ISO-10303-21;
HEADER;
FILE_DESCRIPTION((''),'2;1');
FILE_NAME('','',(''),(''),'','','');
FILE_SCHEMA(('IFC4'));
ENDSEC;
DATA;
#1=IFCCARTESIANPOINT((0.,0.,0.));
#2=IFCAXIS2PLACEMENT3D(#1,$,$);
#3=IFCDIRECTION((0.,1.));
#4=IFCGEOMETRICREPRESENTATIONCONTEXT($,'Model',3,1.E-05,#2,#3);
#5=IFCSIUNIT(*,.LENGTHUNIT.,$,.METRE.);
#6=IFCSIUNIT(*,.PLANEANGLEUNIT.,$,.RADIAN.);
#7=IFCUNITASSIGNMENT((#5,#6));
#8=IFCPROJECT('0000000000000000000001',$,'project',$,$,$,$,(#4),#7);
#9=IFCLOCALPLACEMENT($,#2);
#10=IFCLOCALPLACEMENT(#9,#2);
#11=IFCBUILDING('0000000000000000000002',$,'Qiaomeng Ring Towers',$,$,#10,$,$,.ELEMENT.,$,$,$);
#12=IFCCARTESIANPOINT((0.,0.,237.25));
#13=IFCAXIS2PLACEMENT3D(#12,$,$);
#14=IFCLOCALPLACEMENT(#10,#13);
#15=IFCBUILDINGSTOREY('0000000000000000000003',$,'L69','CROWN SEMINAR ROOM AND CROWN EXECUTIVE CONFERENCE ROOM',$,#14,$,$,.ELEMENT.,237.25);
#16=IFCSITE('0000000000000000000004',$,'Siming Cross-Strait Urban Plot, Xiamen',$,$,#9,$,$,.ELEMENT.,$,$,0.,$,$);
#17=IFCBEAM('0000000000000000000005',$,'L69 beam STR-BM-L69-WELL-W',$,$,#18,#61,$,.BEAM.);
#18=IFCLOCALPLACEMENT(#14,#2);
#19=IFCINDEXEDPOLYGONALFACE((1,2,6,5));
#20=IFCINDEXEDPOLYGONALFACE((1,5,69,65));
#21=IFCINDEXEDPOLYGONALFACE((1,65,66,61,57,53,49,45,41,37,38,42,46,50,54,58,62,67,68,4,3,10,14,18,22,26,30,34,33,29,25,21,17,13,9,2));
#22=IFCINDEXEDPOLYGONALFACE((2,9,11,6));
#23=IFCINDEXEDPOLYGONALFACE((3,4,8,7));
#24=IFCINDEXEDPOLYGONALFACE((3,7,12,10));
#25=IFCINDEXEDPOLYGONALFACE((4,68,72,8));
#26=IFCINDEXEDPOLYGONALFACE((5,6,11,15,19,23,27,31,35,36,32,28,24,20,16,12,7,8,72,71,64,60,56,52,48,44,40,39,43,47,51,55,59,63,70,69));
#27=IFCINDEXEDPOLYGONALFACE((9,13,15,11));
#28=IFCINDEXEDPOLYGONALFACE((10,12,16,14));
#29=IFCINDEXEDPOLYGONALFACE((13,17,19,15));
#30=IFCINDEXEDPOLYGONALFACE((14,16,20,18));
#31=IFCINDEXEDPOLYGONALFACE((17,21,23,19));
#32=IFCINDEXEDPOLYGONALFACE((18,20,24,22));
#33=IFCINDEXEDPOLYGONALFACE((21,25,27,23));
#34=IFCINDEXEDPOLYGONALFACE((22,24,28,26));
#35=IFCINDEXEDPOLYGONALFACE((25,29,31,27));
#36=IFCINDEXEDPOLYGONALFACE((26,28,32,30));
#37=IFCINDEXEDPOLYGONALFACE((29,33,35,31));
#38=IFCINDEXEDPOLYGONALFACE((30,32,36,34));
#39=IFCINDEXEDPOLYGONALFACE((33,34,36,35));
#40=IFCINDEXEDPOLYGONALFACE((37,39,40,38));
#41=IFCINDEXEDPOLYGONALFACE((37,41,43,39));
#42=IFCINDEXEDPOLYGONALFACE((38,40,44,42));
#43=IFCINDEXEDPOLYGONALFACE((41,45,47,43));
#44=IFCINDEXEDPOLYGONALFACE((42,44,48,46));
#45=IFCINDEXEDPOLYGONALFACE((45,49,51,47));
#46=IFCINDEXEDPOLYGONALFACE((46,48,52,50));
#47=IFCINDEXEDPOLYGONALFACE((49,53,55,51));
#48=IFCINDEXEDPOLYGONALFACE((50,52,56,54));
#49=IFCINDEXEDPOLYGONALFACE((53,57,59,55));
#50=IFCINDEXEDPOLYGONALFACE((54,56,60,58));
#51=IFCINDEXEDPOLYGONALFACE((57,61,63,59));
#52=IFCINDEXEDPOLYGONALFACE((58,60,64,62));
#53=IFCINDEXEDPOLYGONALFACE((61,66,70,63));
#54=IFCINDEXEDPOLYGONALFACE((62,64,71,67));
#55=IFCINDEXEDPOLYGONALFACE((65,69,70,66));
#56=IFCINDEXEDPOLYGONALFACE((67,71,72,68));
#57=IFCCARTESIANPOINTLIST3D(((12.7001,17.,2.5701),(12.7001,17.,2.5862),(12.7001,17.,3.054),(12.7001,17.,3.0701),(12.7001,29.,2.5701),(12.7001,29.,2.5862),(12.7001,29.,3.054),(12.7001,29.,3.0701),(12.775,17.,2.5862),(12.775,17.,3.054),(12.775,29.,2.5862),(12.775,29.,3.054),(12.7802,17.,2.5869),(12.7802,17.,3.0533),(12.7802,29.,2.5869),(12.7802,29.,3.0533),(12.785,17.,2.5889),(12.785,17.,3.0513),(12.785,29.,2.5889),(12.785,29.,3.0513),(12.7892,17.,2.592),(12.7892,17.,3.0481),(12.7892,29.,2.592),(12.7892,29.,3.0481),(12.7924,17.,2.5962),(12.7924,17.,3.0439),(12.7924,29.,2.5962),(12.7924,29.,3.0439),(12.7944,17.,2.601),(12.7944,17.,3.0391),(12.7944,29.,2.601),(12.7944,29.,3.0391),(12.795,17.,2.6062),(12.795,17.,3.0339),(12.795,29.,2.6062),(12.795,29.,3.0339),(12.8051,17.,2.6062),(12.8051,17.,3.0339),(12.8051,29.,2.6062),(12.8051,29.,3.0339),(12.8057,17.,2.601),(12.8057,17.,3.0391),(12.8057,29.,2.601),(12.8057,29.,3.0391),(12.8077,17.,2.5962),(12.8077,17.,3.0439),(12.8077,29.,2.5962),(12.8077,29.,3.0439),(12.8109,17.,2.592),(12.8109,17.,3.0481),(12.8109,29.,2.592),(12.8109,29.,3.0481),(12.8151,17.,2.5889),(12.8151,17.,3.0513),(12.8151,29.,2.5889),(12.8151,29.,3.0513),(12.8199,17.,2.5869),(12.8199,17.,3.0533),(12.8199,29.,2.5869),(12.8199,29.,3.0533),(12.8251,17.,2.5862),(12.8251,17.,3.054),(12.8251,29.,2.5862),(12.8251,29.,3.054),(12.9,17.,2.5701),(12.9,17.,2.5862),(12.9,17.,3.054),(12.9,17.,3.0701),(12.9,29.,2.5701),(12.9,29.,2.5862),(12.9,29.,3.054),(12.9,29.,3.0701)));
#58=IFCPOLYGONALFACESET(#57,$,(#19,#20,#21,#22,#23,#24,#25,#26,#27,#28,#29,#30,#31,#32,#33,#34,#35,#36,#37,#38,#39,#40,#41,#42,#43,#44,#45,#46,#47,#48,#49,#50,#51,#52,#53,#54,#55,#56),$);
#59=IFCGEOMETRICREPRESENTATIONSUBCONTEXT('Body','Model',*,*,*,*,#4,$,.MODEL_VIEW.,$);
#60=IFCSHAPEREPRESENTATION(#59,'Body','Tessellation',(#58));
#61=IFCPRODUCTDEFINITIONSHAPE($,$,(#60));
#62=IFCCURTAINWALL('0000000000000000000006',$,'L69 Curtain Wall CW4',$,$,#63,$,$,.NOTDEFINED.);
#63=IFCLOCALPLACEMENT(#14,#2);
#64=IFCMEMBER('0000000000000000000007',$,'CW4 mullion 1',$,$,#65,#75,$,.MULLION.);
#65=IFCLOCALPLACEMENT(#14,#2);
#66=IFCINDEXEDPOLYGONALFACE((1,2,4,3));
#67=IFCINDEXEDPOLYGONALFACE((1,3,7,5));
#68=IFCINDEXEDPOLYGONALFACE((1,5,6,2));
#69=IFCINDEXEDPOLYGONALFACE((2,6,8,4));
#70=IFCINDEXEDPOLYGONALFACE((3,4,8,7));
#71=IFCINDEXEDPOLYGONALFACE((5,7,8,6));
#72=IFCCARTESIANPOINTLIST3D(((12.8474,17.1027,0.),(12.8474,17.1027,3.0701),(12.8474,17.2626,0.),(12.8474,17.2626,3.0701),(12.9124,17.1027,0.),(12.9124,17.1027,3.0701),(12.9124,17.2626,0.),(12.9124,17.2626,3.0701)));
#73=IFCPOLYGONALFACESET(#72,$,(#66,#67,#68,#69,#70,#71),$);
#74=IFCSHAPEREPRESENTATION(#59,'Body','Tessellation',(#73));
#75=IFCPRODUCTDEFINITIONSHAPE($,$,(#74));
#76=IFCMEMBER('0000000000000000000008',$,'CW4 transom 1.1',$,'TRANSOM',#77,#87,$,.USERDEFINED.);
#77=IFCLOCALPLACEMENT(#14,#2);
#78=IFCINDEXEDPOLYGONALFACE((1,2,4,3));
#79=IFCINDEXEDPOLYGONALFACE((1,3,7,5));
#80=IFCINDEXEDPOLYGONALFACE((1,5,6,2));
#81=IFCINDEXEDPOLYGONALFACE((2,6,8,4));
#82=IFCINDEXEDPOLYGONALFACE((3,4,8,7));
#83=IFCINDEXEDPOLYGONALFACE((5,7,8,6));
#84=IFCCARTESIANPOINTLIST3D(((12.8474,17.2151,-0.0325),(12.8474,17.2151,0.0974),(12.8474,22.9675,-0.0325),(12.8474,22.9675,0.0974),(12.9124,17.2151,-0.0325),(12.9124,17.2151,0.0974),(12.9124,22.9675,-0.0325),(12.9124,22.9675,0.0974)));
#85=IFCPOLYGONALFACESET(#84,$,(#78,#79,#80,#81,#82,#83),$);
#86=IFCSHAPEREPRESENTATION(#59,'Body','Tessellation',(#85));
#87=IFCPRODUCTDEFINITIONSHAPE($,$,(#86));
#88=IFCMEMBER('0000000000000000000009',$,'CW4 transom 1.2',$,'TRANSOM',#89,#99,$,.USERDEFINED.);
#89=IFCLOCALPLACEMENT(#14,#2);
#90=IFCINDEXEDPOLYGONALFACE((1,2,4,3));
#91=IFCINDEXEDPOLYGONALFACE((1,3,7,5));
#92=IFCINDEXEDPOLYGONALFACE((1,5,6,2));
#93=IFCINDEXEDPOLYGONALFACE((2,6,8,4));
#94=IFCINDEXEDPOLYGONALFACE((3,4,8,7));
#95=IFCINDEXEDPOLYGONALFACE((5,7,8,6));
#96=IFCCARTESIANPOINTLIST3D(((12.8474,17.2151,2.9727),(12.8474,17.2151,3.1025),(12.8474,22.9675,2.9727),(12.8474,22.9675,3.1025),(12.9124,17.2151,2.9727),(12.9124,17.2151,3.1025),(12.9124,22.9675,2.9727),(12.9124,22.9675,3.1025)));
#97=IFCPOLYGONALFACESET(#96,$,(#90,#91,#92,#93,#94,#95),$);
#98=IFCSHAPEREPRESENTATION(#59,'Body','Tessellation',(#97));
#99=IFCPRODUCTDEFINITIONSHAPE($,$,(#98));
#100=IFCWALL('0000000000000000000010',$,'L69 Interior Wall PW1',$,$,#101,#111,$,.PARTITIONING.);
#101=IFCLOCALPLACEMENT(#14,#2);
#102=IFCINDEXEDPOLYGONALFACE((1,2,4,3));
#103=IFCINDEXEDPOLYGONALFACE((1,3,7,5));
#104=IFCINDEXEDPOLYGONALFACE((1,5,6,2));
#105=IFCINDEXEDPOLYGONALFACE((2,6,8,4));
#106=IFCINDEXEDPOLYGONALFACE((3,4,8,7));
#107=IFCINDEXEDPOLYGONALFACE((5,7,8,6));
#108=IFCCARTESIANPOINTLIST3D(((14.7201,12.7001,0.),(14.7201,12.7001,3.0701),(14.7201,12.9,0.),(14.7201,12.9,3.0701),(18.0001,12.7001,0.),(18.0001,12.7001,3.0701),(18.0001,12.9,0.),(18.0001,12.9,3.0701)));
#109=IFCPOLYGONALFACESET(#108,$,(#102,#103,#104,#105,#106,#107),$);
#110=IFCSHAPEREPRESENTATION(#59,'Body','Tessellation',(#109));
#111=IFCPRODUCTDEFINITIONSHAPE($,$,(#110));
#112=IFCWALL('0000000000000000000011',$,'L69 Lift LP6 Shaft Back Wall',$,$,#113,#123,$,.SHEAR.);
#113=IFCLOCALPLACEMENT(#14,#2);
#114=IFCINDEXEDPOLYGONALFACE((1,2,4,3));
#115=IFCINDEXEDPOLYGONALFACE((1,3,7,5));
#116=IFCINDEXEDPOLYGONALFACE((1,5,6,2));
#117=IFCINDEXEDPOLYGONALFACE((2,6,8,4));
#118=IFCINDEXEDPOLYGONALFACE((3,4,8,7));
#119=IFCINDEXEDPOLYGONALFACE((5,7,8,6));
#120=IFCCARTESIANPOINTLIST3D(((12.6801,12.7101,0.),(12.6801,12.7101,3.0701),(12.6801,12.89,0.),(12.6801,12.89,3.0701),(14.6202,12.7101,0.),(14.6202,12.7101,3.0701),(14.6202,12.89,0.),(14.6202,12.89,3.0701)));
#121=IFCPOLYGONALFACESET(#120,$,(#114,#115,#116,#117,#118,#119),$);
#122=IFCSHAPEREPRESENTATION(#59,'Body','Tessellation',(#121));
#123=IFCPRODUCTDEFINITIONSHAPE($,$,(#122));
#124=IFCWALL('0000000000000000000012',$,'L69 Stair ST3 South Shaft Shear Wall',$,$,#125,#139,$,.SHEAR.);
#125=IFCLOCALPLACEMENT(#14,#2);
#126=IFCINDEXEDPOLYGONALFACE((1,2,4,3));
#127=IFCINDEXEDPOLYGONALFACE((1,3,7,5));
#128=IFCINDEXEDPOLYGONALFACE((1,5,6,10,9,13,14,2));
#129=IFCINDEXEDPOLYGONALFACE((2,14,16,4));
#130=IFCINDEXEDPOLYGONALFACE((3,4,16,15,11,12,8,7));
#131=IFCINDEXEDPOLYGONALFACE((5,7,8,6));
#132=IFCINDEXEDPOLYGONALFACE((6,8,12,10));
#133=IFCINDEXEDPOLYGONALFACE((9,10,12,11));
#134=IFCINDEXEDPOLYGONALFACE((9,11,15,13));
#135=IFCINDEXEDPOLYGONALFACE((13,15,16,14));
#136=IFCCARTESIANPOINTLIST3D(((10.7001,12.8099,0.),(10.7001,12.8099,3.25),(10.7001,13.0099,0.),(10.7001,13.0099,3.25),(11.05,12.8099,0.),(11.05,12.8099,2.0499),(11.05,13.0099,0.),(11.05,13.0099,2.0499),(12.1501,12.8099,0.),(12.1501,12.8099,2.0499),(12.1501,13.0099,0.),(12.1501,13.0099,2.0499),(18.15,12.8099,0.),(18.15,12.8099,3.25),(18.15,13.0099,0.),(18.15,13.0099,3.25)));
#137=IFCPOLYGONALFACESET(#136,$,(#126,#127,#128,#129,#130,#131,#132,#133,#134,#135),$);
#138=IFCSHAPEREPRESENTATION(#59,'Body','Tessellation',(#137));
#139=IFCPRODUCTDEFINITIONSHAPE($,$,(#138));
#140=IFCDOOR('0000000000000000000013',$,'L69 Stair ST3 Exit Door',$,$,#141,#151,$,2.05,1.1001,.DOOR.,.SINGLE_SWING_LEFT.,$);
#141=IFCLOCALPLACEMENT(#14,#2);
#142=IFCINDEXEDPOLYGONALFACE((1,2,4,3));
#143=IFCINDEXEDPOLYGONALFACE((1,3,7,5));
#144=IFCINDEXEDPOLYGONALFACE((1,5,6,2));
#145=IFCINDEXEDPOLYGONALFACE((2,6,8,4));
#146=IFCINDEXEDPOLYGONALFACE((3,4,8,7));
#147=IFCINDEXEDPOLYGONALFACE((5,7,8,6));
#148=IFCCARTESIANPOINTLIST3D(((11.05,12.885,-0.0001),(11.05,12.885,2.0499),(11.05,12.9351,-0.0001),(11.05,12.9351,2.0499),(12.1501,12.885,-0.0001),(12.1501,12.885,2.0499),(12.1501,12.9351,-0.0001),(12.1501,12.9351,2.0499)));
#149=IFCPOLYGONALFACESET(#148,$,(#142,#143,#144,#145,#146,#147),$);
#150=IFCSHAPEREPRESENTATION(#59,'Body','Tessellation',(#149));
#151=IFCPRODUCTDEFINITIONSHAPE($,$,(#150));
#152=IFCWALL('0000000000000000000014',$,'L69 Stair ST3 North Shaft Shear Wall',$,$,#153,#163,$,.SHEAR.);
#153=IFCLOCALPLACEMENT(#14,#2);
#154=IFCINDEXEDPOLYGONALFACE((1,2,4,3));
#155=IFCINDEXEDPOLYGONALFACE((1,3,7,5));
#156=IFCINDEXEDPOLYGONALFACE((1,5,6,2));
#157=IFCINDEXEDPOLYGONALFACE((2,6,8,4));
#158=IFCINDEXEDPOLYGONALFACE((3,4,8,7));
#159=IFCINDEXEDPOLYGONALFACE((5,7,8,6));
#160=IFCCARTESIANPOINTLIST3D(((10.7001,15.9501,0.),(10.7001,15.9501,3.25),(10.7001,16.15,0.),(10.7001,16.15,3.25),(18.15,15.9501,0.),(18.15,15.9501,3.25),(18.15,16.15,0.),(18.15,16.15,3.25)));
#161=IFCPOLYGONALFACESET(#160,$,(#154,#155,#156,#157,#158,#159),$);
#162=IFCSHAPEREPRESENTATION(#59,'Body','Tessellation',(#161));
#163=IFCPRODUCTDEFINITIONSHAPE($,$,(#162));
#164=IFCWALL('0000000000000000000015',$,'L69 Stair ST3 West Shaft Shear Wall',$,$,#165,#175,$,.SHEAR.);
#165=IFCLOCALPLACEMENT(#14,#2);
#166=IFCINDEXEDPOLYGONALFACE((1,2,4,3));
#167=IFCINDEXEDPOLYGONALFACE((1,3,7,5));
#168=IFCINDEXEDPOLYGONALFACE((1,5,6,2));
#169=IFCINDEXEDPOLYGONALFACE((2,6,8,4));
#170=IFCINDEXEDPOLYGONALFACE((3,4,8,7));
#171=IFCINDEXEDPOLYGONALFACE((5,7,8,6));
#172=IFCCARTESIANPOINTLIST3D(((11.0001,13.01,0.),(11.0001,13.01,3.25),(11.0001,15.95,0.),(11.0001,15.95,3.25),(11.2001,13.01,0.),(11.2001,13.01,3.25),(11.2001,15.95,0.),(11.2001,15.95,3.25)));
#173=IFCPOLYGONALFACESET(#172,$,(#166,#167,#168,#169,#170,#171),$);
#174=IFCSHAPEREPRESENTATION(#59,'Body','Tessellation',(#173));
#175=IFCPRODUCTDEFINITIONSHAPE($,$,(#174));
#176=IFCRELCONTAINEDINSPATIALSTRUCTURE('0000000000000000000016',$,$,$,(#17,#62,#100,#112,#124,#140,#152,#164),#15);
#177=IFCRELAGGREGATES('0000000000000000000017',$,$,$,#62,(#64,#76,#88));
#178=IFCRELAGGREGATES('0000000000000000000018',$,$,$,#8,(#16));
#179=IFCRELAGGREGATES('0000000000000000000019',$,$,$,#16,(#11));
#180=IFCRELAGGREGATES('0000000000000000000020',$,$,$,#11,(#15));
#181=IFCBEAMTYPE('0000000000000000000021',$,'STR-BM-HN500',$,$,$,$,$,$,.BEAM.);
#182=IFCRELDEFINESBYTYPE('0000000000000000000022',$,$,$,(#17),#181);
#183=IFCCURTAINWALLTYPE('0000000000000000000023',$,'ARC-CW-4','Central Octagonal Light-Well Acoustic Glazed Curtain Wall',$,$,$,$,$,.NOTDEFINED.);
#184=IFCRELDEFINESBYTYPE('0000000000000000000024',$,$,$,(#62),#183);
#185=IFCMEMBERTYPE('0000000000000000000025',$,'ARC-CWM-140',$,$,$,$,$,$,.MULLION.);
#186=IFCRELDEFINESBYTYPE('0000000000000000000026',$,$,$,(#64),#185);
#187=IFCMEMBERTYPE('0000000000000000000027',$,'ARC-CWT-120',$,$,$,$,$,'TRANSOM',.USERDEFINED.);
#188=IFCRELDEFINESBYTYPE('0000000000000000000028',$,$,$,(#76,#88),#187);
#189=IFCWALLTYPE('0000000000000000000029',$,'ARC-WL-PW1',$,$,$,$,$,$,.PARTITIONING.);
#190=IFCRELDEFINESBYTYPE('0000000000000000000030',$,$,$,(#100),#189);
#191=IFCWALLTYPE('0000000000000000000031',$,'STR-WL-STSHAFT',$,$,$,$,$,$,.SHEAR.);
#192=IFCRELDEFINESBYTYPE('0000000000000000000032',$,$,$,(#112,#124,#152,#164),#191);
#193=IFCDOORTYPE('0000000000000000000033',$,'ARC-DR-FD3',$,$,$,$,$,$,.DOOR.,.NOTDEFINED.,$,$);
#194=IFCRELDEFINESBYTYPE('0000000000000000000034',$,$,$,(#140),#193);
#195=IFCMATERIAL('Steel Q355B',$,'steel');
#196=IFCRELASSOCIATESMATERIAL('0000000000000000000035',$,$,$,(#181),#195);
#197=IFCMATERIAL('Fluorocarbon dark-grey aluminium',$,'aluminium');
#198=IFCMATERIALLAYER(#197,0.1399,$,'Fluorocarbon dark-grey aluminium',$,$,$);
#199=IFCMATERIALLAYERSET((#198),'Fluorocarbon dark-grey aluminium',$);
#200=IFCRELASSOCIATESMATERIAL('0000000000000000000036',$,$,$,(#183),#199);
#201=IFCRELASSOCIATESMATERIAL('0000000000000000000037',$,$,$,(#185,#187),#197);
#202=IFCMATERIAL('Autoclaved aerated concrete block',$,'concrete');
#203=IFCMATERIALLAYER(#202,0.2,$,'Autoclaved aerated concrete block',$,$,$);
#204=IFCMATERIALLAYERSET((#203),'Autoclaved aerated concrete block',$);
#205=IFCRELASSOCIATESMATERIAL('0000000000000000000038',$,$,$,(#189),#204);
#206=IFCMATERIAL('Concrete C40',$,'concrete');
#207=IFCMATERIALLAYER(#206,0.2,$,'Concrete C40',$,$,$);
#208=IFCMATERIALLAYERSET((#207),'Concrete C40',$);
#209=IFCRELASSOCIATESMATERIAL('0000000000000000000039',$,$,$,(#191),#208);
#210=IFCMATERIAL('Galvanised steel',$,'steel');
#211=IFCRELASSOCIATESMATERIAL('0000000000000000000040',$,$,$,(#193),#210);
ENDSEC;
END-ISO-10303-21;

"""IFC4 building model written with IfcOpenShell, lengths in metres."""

from ifc_helpers import new_model, si_unit, direction, frame, frame_2d, origin, origin_2d, place, context, subcontext, project, spatial, rectangle, i_section, extrude, source, transform, mapped, material, layer, layer_set, material_profile, profile_set, type_object, element, fill, aggregate, save


model = new_model("IFC4")

# Units and contexts
model_context = context("Model", 3, precision=1e-05, world=origin(), true_north=direction((0.0, 1.0)))
body_context = subcontext(model_context, "Body", "Model", "MODEL_VIEW")
ifc_project = project(units=[si_unit("LENGTHUNIT", "METRE"), si_unit("PLANEANGLEUNIT", "RADIAN")], contexts=[model_context])

# Site, building, storey
site_placement = place(None, origin())
site = spatial("IfcSite", under=ifc_project, at=site_placement, Name="Siming Cross-Strait Urban Plot, Xiamen", CompositionType="ELEMENT", RefElevation=0.0)
building_placement = place(site_placement, origin())
building = spatial("IfcBuilding", under=site, at=building_placement, Name="Qiaomeng Ring Towers", CompositionType="ELEMENT")
storey_placement = place(building_placement, frame((0.0, 0.0, 237.25)))
storey = spatial("IfcBuildingStorey", under=building, at=storey_placement, Name="L69", Description="CROWN SEMINAR ROOM AND CROWN EXECUTIVE CONFERENCE ROOM", CompositionType="ELEMENT", Elevation=237.25)

# Beam
ifc_material_1 = material(Name="Steel Q355B", Category="steel")
ifc_material_profile_1 = material_profile(ifc_material_1, i_section(OverallWidth=0.2, OverallDepth=0.5, WebThickness=0.01, FlangeThickness=0.0161, FilletRadius=0.02, at=origin_2d()), Name="HN 500x200x10x16")
ifc_profile_set_1 = profile_set([ifc_material_profile_1], Name="Steel Q355B")
beam_type = type_object("IfcBeamType", Name="STR-BM-HN500", PredefinedType="BEAM", material=ifc_profile_set_1)
shared_shape_1 = source(origin(), body_context, "Body", "SweptSolid", [
    extrude(i_section(OverallWidth=0.2, OverallDepth=0.5, WebThickness=0.01, FlangeThickness=0.0161, FilletRadius=0.02, at=origin_2d()), origin(), (0.0, 0.0, 1.0), 12.0),
])
beam_placement = place(storey_placement, frame((12.8, 17.0, 2.8201), z_axis=(0.0, 1.0, 0.0), x_axis=(-1.0, 0.0, 0.0)))
element("IfcBeam", 1, at=beam_placement, inside=storey, type_object=beam_type, Name="L69 beam STR-BM-L69-WELL-W", PredefinedType="BEAM", context=body_context, shape_type="MappedRepresentation", body=[
    mapped(shared_shape_1, transform((0.0, 0.0, 0.0), x_axis=(1.0, 0.0, 0.0), y_axis=(0.0, 1.0, 0.0), z_axis=(0.0, 0.0, 1.0), scale=1.0)),
])

# Curtain wall, members
ifc_material_2 = material(Name="Fluorocarbon dark-grey aluminium", Category="aluminium")
ifc_layer_1 = layer(ifc_material_2, 0.1399, Name="Fluorocarbon dark-grey aluminium")
ifc_layer_set_1 = layer_set([ifc_layer_1], Name="Fluorocarbon dark-grey aluminium")
curtain_wall_type = type_object("IfcCurtainWallType", Name="ARC-CW-4", Description="Central Octagonal Light-Well Acoustic Glazed Curtain Wall", PredefinedType="NOTDEFINED", material=ifc_layer_set_1)
curtain_wall_placement = place(storey_placement, origin())
curtain_wall = element("IfcCurtainWall", 2, at=curtain_wall_placement, inside=storey, type_object=curtain_wall_type, Name="L69 Curtain Wall CW4", PredefinedType="NOTDEFINED")
ifc_material_profile_2 = material_profile(ifc_material_2, rectangle(XDim=0.0649, YDim=0.1599, at=origin_2d()), Name="ALU MULL 65x160")
ifc_profile_set_2 = profile_set([ifc_material_profile_2], Name="Fluorocarbon dark-grey aluminium")
member_type_1 = type_object("IfcMemberType", Name="ARC-CWM-140", PredefinedType="MULLION", material=ifc_profile_set_2)
shared_shape_2 = source(origin(), body_context, "Body", "SweptSolid", [
    extrude(rectangle(XDim=0.0649, YDim=0.1599, at=origin_2d()), origin(), (0.0, 0.0, 1.0), 3.0701),
])
member_1_placement = place(storey_placement, frame((12.8799, 17.1826, 0.0), z_axis=(0.0, 0.0, 1.0), x_axis=(-1.0, 0.0, 0.0)))
member_1 = element("IfcMember", 3, at=member_1_placement, type_object=member_type_1, Name="CW4 mullion 1", PredefinedType="MULLION", context=body_context, shape_type="MappedRepresentation", body=[
    mapped(shared_shape_2, transform((0.0, 0.0, 0.0), x_axis=(1.0, 0.0, 0.0), y_axis=(0.0, 1.0, 0.0), z_axis=(0.0, 0.0, 1.0), scale=1.0)),
])
ifc_material_profile_3 = material_profile(ifc_material_2, rectangle(XDim=0.0649, YDim=0.1299, at=origin_2d()), Name="ALU TRAN 65x130")
ifc_profile_set_3 = profile_set([ifc_material_profile_3], Name="Fluorocarbon dark-grey aluminium")
member_type_2 = type_object("IfcMemberType", Name="ARC-CWT-120", ElementType="TRANSOM", PredefinedType="USERDEFINED", material=ifc_profile_set_3)
shared_shape_3 = source(origin(), body_context, "Body", "SweptSolid", [
    extrude(rectangle(XDim=0.0649, YDim=0.1299, at=origin_2d()), origin(), (0.0, 0.0, 1.0), 5.7524),
])
member_2_placement = place(storey_placement, frame((12.8799, 17.2151, 0.0325), z_axis=(0.0, 1.0, 0.0), x_axis=(-1.0, 0.0, 0.0)))
member_2 = element("IfcMember", 4, at=member_2_placement, type_object=member_type_2, Name="CW4 transom 1.1", ObjectType="TRANSOM", PredefinedType="USERDEFINED", context=body_context, shape_type="MappedRepresentation", body=[
    mapped(shared_shape_3, transform((0.0, 0.0, 0.0), x_axis=(1.0, 0.0, 0.0), y_axis=(0.0, 1.0, 0.0), z_axis=(0.0, 0.0, 1.0), scale=1.0)),
])
member_3_placement = place(storey_placement, frame((12.8799, 17.2151, 3.0376), z_axis=(0.0, 1.0, 0.0), x_axis=(-1.0, 0.0, 0.0)))
member_3 = element("IfcMember", 5, at=member_3_placement, type_object=member_type_2, Name="CW4 transom 1.2", ObjectType="TRANSOM", PredefinedType="USERDEFINED", context=body_context, shape_type="MappedRepresentation", body=[
    mapped(shared_shape_3, transform((0.0, 0.0, 0.0), x_axis=(1.0, 0.0, 0.0), y_axis=(0.0, 1.0, 0.0), z_axis=(0.0, 0.0, 1.0), scale=1.0)),
])
aggregate(curtain_wall, [member_1, member_2, member_3])

# Walls
ifc_material_3 = material(Name="Autoclaved aerated concrete block", Category="concrete")
ifc_layer_2 = layer(ifc_material_3, 0.2, Name="Autoclaved aerated concrete block")
ifc_layer_set_2 = layer_set([ifc_layer_2], Name="Autoclaved aerated concrete block")
wall_type_1 = type_object("IfcWallType", Name="ARC-WL-PW1", PredefinedType="PARTITIONING", material=ifc_layer_set_2)
wall_1_placement = place(storey_placement, frame((14.72, 12.8, 0.0), z_axis=(0.0, 0.0, 1.0), x_axis=(1.0, 0.0, 0.0)))
element("IfcWall", 6, at=wall_1_placement, inside=storey, type_object=wall_type_1, Name="L69 Interior Wall PW1", PredefinedType="PARTITIONING", context=body_context, shape_type="SweptSolid", body=[
    extrude(rectangle(XDim=3.28, YDim=0.2, at=frame_2d((1.6401, 0.0))), origin(), (0.0, 0.0, 1.0), 3.0701),
])
ifc_material_4 = material(Name="Concrete C40", Category="concrete")
ifc_layer_3 = layer(ifc_material_4, 0.2, Name="Concrete C40")
ifc_layer_set_3 = layer_set([ifc_layer_3], Name="Concrete C40")
wall_type_2 = type_object("IfcWallType", Name="STR-WL-STSHAFT", PredefinedType="SHEAR", material=ifc_layer_set_3)
wall_2_placement = place(storey_placement, frame((12.6799, 12.8, 0.0), z_axis=(0.0, 0.0, 1.0), x_axis=(1.0, 0.0, 0.0)))
element("IfcWall", 7, at=wall_2_placement, inside=storey, type_object=wall_type_2, Name="L69 Lift LP6 Shaft Back Wall", PredefinedType="SHEAR", context=body_context, shape_type="SweptSolid", body=[
    extrude(rectangle(XDim=1.9402, YDim=0.1799, at=frame_2d((0.9702, 0.0))), origin(), (0.0, 0.0, 1.0), 3.0701),
])

# Wall, opening, door
wall_3_placement = place(storey_placement, frame((10.7, 12.9099, 0.0), z_axis=(0.0, 0.0, 1.0), x_axis=(1.0, 0.0, 0.0)))
wall_3 = element("IfcWall", 8, at=wall_3_placement, inside=storey, type_object=wall_type_2, Name="L69 Stair ST3 South Shaft Shear Wall", PredefinedType="SHEAR", context=body_context, shape_type="SweptSolid", body=[
    extrude(rectangle(XDim=7.45, YDim=0.2, at=frame_2d((3.7251, 0.0))), origin(), (0.0, 0.0, 1.0), 3.25),
])
opening_placement = place(wall_3_placement, frame((0.3501, 0.0, 0.0)))
opening = element("IfcOpeningElement", 9, at=opening_placement, cuts=wall_3, PredefinedType="OPENING", context=body_context, shape_type="SweptSolid", body=[
    extrude(rectangle(XDim=1.1001, YDim=2.05, at=frame_2d((0.55, 1.0249))), frame((0.0, 0.1099, 0.0), z_axis=(0.0, -1.0, 0.0), x_axis=(1.0, 0.0, 0.0)), (0.0, 0.0, 1.0), 0.22),
])
ifc_material_5 = material(Name="Galvanised steel", Category="steel")
door_type = type_object("IfcDoorType", Name="ARC-DR-FD3", OperationType="NOTDEFINED", PredefinedType="DOOR", material=ifc_material_5)
shared_shape_4 = source(origin(), body_context, "Body", "SweptSolid", [
    extrude(rectangle(XDim=1.1001, YDim=2.05, at=frame_2d((0.55, 1.0249))), frame((0.0, 0.0249, 0.0), z_axis=(0.0, -1.0, 0.0), x_axis=(1.0, 0.0, 0.0)), (0.0, 0.0, 1.0), 0.05),
])
door_placement = place(opening_placement, frame((1.1001, 0.0, 0.0), z_axis=(0.0, 0.0, 1.0), x_axis=(-1.0, 0.0, 0.0)))
door = element("IfcDoor", 10, at=door_placement, inside=storey, type_object=door_type, Name="L69 Stair ST3 Exit Door", OperationType="SINGLE_SWING_LEFT", OverallHeight=2.05, OverallWidth=1.1001, PredefinedType="DOOR", context=body_context, shape_type="MappedRepresentation", body=[
    mapped(shared_shape_4, transform((0.0, 0.0, 0.0), x_axis=(1.0, 0.0, 0.0), y_axis=(0.0, 1.0, 0.0), z_axis=(0.0, 0.0, 1.0), scale=1.0)),
])
fill(opening, door)

# Walls
wall_4_placement = place(storey_placement, frame((10.7, 16.05, 0.0), z_axis=(0.0, 0.0, 1.0), x_axis=(1.0, 0.0, 0.0)))
element("IfcWall", 11, at=wall_4_placement, inside=storey, type_object=wall_type_2, Name="L69 Stair ST3 North Shaft Shear Wall", PredefinedType="SHEAR", context=body_context, shape_type="SweptSolid", body=[
    extrude(rectangle(XDim=7.45, YDim=0.2, at=frame_2d((3.7251, 0.0))), origin(), (0.0, 0.0, 1.0), 3.25),
])
wall_5_placement = place(storey_placement, frame((11.1001, 13.01, 0.0), z_axis=(0.0, 0.0, 1.0), x_axis=(0.0, 1.0, 0.0)))
element("IfcWall", 12, at=wall_5_placement, inside=storey, type_object=wall_type_2, Name="L69 Stair ST3 West Shaft Shear Wall", PredefinedType="SHEAR", context=body_context, shape_type="SweptSolid", body=[
    extrude(rectangle(XDim=2.9399, YDim=0.2, at=frame_2d((1.47, 0.0))), origin(), (0.0, 0.0, 1.0), 3.25),
])

save(model, "model.ifc")
